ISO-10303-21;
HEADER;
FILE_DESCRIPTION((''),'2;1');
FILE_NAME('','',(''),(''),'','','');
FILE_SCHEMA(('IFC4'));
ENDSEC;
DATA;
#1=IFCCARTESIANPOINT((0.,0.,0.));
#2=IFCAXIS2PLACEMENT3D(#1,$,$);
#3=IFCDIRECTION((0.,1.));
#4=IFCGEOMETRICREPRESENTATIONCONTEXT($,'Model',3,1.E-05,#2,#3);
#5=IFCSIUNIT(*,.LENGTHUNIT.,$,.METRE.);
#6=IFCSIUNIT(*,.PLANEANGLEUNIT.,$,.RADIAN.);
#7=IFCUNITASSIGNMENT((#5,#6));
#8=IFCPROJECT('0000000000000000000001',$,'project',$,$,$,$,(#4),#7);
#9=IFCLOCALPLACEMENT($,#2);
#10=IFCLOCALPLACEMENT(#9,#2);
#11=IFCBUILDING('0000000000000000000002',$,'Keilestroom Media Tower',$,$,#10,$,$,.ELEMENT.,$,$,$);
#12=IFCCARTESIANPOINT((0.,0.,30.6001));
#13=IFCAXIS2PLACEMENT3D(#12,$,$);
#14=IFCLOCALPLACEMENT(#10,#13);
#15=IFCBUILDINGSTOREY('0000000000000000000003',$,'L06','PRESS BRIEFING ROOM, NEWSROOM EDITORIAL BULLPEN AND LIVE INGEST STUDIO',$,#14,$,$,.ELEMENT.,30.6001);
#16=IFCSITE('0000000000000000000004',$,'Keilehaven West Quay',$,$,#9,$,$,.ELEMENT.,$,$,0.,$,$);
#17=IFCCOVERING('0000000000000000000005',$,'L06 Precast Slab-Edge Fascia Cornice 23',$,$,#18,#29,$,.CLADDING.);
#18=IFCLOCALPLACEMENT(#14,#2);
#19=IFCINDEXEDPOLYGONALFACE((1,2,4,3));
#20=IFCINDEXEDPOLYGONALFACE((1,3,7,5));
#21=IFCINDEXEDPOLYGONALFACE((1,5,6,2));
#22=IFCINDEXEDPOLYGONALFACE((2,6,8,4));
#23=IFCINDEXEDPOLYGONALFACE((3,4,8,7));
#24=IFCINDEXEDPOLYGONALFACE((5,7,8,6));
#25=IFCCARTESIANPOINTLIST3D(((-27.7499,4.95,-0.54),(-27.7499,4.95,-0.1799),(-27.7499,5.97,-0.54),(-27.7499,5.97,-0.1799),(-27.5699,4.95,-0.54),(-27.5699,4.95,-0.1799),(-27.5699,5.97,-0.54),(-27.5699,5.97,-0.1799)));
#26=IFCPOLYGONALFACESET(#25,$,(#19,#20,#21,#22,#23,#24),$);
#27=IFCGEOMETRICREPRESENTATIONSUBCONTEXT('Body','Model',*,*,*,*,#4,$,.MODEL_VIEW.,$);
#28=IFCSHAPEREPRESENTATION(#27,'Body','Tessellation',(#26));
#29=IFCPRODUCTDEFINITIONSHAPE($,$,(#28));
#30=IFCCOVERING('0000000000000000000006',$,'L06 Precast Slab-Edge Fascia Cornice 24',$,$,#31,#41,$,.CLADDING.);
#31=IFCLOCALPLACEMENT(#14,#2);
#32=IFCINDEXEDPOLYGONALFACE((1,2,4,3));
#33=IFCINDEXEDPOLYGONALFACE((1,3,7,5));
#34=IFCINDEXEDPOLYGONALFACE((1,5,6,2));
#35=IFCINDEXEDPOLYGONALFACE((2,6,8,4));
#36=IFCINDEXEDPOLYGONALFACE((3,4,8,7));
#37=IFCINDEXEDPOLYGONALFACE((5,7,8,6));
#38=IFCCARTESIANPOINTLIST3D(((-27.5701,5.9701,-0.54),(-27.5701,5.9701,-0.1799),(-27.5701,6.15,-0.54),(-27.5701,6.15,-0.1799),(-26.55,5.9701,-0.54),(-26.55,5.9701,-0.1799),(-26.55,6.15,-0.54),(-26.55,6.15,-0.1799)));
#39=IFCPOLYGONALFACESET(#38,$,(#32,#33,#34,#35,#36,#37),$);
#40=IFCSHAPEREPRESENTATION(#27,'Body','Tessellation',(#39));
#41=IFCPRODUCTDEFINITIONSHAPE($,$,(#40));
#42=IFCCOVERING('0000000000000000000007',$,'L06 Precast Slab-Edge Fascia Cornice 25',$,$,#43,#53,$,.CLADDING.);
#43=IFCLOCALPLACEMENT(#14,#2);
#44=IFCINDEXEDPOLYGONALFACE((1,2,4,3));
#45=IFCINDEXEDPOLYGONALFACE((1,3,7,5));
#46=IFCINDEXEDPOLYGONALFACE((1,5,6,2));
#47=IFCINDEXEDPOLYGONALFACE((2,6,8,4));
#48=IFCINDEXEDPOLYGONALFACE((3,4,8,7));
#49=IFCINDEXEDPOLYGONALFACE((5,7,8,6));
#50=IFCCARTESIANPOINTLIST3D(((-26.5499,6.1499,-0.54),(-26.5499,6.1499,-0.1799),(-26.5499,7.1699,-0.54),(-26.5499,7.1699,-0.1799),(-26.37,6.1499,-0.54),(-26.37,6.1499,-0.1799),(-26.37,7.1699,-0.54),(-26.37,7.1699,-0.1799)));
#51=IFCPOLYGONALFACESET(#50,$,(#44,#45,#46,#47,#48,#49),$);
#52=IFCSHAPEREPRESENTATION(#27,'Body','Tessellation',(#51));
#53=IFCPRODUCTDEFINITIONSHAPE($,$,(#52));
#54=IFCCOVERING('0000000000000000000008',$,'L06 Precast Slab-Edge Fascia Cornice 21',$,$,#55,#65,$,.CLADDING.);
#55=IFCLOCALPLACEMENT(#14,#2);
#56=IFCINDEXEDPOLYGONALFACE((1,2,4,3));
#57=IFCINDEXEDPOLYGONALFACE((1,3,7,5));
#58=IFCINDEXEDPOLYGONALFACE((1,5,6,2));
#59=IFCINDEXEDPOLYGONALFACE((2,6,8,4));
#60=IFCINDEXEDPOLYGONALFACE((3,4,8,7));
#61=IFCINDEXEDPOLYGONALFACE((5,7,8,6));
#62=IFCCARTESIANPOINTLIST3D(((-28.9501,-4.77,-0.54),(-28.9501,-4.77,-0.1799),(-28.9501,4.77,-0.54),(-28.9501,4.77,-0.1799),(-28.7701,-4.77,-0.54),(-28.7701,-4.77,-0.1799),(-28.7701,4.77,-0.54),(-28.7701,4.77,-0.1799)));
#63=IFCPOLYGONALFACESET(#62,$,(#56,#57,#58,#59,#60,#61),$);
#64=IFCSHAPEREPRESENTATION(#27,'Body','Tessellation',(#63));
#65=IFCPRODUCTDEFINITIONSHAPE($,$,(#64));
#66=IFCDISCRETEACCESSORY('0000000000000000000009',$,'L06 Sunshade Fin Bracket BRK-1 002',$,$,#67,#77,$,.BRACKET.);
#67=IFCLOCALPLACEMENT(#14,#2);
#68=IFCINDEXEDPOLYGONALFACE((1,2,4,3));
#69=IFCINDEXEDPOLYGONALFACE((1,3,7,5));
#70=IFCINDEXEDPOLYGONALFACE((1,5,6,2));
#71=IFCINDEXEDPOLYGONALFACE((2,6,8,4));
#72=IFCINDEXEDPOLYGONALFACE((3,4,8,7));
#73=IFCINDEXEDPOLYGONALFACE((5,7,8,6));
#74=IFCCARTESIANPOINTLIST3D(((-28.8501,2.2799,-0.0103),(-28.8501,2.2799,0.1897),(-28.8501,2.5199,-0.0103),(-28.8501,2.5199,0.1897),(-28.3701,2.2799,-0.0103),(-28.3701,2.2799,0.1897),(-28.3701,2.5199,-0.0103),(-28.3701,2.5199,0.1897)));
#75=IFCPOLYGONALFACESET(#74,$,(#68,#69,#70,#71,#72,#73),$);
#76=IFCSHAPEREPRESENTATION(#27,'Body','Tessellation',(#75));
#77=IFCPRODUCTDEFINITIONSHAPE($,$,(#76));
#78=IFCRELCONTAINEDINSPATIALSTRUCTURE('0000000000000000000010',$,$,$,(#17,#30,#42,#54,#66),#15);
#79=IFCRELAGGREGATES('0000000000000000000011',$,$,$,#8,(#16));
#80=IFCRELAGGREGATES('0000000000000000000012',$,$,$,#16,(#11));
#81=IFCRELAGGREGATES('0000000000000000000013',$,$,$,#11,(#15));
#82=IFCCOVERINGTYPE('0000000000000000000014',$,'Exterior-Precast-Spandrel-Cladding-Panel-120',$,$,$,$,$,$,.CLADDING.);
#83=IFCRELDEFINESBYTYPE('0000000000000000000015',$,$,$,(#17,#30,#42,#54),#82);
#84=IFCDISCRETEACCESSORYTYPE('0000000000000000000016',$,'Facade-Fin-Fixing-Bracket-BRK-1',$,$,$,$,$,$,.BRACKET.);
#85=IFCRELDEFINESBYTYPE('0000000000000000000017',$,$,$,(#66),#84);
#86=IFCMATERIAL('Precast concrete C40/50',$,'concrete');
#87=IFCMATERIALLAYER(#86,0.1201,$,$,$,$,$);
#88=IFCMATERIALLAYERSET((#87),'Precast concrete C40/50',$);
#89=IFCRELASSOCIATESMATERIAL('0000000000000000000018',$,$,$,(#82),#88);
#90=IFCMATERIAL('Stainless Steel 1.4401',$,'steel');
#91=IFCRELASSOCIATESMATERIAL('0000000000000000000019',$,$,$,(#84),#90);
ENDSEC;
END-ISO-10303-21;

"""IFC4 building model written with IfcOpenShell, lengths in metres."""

from ifc_helpers import new_model, si_unit, direction, frame, origin, origin_2d, place, context, subcontext, project, spatial, rectangle, extrude, source, transform, mapped, material, layer, layer_set, type_object, element, save


model = new_model("IFC4")

# Units and contexts
model_context = context("Model", 3, precision=1e-05, world=origin(), true_north=direction((0.0, 1.0)))
body_context = subcontext(model_context, "Body", "Model", "MODEL_VIEW")
ifc_project = project(units=[si_unit("LENGTHUNIT", "METRE"), si_unit("PLANEANGLEUNIT", "RADIAN")], contexts=[model_context])

# Site, building, storey
site_placement = place(None, origin())
site = spatial("IfcSite", under=ifc_project, at=site_placement, Name="Keilehaven West Quay", CompositionType="ELEMENT", RefElevation=0.0)
building_placement = place(site_placement, origin())
building = spatial("IfcBuilding", under=site, at=building_placement, Name="Keilestroom Media Tower", CompositionType="ELEMENT")
storey_placement = place(building_placement, frame((0.0, 0.0, 30.6001)))
storey = spatial("IfcBuildingStorey", under=building, at=storey_placement, Name="L06", Description="PRESS BRIEFING ROOM, NEWSROOM EDITORIAL BULLPEN AND LIVE INGEST STUDIO", CompositionType="ELEMENT", Elevation=30.6001)

# Shared definitions
ifc_material_1 = material(Name="Precast concrete C40/50", Category="concrete")

# Coverings
ifc_layer_1 = layer(ifc_material_1, 0.1201)
ifc_layer_set_1 = layer_set([ifc_layer_1], Name="Precast concrete C40/50")
covering_type = type_object("IfcCoveringType", Name="Exterior-Precast-Spandrel-Cladding-Panel-120", PredefinedType="CLADDING", material=ifc_layer_set_1)
shared_shape_1 = source(origin(), body_context, "Body", "SweptSolid", [
    extrude(rectangle(XDim=1.02, YDim=0.1799, at=origin_2d()), origin(), (0.0, 0.0, 1.0), 0.3601),
])
for number, where, z_axis, x_axis, name in (
    (1, (-27.6599, 5.46, -0.54), (0.0, 0.0, 1.0), (0.0, 1.0, 0.0), "L06 Precast Slab-Edge Fascia Cornice 23"),
    (2, (-27.0601, 6.0601, -0.54), (0.0, 0.0, 1.0), (1.0, 0.0, 0.0), "L06 Precast Slab-Edge Fascia Cornice 24"),
    (3, (-26.46, 6.6599, -0.54), (0.0, 0.0, 1.0), (0.0, 1.0, 0.0), "L06 Precast Slab-Edge Fascia Cornice 25"),
):
    element("IfcCovering", number, at=place(storey_placement, frame(where, z_axis=z_axis, x_axis=x_axis)), inside=storey, type_object=covering_type, Name=name, PredefinedType="CLADDING", context=body_context, shape_type="MappedRepresentation", body=[
        mapped(shared_shape_1, transform((0.0, 0.0, 0.0), x_axis=(1.0, 0.0, 0.0), y_axis=(0.0, 1.0, 0.0), z_axis=(0.0, 0.0, 1.0), scale=1.0)),
    ])
shared_shape_2 = source(origin(), body_context, "Body", "SweptSolid", [
    extrude(rectangle(XDim=9.54, YDim=0.1799, at=origin_2d()), origin(), (0.0, 0.0, 1.0), 0.3601),
])
covering_placement = place(storey_placement, frame((-28.8601, 0.0, -0.54), z_axis=(0.0, 0.0, 1.0), x_axis=(0.0, 1.0, 0.0)))
element("IfcCovering", 4, at=covering_placement, inside=storey, type_object=covering_type, Name="L06 Precast Slab-Edge Fascia Cornice 21", PredefinedType="CLADDING", context=body_context, shape_type="MappedRepresentation", body=[
    mapped(shared_shape_2, transform((0.0, 0.0, 0.0), x_axis=(1.0, 0.0, 0.0), y_axis=(0.0, 1.0, 0.0), z_axis=(0.0, 0.0, 1.0), scale=1.0)),
])

# Discrete accessory
ifc_material_2 = material(Name="Stainless Steel 1.4401", Category="steel")
discrete_accessory_type = type_object("IfcDiscreteAccessoryType", Name="Facade-Fin-Fixing-Bracket-BRK-1", PredefinedType="BRACKET", material=ifc_material_2)
shared_shape_3 = source(origin(), body_context, "Body", "SweptSolid", [
    extrude(rectangle(XDim=0.48, YDim=0.24, at=origin_2d()), origin(), (0.0, 0.0, 1.0), 0.2),
])
discrete_accessory_placement = place(storey_placement, frame((-28.6101, 2.3999, -0.0103), z_axis=(0.0, 0.0, 1.0), x_axis=(1.0, 0.0, 0.0)))
element("IfcDiscreteAccessory", 5, at=discrete_accessory_placement, inside=storey, type_object=discrete_accessory_type, Name="L06 Sunshade Fin Bracket BRK-1 002", PredefinedType="BRACKET", context=body_context, shape_type="MappedRepresentation", body=[
    mapped(shared_shape_3, transform((0.0, 0.0, 0.0), x_axis=(1.0, 0.0, 0.0), y_axis=(0.0, 1.0, 0.0), z_axis=(0.0, 0.0, 1.0), scale=1.0)),
])

save(model, "model.ifc")
